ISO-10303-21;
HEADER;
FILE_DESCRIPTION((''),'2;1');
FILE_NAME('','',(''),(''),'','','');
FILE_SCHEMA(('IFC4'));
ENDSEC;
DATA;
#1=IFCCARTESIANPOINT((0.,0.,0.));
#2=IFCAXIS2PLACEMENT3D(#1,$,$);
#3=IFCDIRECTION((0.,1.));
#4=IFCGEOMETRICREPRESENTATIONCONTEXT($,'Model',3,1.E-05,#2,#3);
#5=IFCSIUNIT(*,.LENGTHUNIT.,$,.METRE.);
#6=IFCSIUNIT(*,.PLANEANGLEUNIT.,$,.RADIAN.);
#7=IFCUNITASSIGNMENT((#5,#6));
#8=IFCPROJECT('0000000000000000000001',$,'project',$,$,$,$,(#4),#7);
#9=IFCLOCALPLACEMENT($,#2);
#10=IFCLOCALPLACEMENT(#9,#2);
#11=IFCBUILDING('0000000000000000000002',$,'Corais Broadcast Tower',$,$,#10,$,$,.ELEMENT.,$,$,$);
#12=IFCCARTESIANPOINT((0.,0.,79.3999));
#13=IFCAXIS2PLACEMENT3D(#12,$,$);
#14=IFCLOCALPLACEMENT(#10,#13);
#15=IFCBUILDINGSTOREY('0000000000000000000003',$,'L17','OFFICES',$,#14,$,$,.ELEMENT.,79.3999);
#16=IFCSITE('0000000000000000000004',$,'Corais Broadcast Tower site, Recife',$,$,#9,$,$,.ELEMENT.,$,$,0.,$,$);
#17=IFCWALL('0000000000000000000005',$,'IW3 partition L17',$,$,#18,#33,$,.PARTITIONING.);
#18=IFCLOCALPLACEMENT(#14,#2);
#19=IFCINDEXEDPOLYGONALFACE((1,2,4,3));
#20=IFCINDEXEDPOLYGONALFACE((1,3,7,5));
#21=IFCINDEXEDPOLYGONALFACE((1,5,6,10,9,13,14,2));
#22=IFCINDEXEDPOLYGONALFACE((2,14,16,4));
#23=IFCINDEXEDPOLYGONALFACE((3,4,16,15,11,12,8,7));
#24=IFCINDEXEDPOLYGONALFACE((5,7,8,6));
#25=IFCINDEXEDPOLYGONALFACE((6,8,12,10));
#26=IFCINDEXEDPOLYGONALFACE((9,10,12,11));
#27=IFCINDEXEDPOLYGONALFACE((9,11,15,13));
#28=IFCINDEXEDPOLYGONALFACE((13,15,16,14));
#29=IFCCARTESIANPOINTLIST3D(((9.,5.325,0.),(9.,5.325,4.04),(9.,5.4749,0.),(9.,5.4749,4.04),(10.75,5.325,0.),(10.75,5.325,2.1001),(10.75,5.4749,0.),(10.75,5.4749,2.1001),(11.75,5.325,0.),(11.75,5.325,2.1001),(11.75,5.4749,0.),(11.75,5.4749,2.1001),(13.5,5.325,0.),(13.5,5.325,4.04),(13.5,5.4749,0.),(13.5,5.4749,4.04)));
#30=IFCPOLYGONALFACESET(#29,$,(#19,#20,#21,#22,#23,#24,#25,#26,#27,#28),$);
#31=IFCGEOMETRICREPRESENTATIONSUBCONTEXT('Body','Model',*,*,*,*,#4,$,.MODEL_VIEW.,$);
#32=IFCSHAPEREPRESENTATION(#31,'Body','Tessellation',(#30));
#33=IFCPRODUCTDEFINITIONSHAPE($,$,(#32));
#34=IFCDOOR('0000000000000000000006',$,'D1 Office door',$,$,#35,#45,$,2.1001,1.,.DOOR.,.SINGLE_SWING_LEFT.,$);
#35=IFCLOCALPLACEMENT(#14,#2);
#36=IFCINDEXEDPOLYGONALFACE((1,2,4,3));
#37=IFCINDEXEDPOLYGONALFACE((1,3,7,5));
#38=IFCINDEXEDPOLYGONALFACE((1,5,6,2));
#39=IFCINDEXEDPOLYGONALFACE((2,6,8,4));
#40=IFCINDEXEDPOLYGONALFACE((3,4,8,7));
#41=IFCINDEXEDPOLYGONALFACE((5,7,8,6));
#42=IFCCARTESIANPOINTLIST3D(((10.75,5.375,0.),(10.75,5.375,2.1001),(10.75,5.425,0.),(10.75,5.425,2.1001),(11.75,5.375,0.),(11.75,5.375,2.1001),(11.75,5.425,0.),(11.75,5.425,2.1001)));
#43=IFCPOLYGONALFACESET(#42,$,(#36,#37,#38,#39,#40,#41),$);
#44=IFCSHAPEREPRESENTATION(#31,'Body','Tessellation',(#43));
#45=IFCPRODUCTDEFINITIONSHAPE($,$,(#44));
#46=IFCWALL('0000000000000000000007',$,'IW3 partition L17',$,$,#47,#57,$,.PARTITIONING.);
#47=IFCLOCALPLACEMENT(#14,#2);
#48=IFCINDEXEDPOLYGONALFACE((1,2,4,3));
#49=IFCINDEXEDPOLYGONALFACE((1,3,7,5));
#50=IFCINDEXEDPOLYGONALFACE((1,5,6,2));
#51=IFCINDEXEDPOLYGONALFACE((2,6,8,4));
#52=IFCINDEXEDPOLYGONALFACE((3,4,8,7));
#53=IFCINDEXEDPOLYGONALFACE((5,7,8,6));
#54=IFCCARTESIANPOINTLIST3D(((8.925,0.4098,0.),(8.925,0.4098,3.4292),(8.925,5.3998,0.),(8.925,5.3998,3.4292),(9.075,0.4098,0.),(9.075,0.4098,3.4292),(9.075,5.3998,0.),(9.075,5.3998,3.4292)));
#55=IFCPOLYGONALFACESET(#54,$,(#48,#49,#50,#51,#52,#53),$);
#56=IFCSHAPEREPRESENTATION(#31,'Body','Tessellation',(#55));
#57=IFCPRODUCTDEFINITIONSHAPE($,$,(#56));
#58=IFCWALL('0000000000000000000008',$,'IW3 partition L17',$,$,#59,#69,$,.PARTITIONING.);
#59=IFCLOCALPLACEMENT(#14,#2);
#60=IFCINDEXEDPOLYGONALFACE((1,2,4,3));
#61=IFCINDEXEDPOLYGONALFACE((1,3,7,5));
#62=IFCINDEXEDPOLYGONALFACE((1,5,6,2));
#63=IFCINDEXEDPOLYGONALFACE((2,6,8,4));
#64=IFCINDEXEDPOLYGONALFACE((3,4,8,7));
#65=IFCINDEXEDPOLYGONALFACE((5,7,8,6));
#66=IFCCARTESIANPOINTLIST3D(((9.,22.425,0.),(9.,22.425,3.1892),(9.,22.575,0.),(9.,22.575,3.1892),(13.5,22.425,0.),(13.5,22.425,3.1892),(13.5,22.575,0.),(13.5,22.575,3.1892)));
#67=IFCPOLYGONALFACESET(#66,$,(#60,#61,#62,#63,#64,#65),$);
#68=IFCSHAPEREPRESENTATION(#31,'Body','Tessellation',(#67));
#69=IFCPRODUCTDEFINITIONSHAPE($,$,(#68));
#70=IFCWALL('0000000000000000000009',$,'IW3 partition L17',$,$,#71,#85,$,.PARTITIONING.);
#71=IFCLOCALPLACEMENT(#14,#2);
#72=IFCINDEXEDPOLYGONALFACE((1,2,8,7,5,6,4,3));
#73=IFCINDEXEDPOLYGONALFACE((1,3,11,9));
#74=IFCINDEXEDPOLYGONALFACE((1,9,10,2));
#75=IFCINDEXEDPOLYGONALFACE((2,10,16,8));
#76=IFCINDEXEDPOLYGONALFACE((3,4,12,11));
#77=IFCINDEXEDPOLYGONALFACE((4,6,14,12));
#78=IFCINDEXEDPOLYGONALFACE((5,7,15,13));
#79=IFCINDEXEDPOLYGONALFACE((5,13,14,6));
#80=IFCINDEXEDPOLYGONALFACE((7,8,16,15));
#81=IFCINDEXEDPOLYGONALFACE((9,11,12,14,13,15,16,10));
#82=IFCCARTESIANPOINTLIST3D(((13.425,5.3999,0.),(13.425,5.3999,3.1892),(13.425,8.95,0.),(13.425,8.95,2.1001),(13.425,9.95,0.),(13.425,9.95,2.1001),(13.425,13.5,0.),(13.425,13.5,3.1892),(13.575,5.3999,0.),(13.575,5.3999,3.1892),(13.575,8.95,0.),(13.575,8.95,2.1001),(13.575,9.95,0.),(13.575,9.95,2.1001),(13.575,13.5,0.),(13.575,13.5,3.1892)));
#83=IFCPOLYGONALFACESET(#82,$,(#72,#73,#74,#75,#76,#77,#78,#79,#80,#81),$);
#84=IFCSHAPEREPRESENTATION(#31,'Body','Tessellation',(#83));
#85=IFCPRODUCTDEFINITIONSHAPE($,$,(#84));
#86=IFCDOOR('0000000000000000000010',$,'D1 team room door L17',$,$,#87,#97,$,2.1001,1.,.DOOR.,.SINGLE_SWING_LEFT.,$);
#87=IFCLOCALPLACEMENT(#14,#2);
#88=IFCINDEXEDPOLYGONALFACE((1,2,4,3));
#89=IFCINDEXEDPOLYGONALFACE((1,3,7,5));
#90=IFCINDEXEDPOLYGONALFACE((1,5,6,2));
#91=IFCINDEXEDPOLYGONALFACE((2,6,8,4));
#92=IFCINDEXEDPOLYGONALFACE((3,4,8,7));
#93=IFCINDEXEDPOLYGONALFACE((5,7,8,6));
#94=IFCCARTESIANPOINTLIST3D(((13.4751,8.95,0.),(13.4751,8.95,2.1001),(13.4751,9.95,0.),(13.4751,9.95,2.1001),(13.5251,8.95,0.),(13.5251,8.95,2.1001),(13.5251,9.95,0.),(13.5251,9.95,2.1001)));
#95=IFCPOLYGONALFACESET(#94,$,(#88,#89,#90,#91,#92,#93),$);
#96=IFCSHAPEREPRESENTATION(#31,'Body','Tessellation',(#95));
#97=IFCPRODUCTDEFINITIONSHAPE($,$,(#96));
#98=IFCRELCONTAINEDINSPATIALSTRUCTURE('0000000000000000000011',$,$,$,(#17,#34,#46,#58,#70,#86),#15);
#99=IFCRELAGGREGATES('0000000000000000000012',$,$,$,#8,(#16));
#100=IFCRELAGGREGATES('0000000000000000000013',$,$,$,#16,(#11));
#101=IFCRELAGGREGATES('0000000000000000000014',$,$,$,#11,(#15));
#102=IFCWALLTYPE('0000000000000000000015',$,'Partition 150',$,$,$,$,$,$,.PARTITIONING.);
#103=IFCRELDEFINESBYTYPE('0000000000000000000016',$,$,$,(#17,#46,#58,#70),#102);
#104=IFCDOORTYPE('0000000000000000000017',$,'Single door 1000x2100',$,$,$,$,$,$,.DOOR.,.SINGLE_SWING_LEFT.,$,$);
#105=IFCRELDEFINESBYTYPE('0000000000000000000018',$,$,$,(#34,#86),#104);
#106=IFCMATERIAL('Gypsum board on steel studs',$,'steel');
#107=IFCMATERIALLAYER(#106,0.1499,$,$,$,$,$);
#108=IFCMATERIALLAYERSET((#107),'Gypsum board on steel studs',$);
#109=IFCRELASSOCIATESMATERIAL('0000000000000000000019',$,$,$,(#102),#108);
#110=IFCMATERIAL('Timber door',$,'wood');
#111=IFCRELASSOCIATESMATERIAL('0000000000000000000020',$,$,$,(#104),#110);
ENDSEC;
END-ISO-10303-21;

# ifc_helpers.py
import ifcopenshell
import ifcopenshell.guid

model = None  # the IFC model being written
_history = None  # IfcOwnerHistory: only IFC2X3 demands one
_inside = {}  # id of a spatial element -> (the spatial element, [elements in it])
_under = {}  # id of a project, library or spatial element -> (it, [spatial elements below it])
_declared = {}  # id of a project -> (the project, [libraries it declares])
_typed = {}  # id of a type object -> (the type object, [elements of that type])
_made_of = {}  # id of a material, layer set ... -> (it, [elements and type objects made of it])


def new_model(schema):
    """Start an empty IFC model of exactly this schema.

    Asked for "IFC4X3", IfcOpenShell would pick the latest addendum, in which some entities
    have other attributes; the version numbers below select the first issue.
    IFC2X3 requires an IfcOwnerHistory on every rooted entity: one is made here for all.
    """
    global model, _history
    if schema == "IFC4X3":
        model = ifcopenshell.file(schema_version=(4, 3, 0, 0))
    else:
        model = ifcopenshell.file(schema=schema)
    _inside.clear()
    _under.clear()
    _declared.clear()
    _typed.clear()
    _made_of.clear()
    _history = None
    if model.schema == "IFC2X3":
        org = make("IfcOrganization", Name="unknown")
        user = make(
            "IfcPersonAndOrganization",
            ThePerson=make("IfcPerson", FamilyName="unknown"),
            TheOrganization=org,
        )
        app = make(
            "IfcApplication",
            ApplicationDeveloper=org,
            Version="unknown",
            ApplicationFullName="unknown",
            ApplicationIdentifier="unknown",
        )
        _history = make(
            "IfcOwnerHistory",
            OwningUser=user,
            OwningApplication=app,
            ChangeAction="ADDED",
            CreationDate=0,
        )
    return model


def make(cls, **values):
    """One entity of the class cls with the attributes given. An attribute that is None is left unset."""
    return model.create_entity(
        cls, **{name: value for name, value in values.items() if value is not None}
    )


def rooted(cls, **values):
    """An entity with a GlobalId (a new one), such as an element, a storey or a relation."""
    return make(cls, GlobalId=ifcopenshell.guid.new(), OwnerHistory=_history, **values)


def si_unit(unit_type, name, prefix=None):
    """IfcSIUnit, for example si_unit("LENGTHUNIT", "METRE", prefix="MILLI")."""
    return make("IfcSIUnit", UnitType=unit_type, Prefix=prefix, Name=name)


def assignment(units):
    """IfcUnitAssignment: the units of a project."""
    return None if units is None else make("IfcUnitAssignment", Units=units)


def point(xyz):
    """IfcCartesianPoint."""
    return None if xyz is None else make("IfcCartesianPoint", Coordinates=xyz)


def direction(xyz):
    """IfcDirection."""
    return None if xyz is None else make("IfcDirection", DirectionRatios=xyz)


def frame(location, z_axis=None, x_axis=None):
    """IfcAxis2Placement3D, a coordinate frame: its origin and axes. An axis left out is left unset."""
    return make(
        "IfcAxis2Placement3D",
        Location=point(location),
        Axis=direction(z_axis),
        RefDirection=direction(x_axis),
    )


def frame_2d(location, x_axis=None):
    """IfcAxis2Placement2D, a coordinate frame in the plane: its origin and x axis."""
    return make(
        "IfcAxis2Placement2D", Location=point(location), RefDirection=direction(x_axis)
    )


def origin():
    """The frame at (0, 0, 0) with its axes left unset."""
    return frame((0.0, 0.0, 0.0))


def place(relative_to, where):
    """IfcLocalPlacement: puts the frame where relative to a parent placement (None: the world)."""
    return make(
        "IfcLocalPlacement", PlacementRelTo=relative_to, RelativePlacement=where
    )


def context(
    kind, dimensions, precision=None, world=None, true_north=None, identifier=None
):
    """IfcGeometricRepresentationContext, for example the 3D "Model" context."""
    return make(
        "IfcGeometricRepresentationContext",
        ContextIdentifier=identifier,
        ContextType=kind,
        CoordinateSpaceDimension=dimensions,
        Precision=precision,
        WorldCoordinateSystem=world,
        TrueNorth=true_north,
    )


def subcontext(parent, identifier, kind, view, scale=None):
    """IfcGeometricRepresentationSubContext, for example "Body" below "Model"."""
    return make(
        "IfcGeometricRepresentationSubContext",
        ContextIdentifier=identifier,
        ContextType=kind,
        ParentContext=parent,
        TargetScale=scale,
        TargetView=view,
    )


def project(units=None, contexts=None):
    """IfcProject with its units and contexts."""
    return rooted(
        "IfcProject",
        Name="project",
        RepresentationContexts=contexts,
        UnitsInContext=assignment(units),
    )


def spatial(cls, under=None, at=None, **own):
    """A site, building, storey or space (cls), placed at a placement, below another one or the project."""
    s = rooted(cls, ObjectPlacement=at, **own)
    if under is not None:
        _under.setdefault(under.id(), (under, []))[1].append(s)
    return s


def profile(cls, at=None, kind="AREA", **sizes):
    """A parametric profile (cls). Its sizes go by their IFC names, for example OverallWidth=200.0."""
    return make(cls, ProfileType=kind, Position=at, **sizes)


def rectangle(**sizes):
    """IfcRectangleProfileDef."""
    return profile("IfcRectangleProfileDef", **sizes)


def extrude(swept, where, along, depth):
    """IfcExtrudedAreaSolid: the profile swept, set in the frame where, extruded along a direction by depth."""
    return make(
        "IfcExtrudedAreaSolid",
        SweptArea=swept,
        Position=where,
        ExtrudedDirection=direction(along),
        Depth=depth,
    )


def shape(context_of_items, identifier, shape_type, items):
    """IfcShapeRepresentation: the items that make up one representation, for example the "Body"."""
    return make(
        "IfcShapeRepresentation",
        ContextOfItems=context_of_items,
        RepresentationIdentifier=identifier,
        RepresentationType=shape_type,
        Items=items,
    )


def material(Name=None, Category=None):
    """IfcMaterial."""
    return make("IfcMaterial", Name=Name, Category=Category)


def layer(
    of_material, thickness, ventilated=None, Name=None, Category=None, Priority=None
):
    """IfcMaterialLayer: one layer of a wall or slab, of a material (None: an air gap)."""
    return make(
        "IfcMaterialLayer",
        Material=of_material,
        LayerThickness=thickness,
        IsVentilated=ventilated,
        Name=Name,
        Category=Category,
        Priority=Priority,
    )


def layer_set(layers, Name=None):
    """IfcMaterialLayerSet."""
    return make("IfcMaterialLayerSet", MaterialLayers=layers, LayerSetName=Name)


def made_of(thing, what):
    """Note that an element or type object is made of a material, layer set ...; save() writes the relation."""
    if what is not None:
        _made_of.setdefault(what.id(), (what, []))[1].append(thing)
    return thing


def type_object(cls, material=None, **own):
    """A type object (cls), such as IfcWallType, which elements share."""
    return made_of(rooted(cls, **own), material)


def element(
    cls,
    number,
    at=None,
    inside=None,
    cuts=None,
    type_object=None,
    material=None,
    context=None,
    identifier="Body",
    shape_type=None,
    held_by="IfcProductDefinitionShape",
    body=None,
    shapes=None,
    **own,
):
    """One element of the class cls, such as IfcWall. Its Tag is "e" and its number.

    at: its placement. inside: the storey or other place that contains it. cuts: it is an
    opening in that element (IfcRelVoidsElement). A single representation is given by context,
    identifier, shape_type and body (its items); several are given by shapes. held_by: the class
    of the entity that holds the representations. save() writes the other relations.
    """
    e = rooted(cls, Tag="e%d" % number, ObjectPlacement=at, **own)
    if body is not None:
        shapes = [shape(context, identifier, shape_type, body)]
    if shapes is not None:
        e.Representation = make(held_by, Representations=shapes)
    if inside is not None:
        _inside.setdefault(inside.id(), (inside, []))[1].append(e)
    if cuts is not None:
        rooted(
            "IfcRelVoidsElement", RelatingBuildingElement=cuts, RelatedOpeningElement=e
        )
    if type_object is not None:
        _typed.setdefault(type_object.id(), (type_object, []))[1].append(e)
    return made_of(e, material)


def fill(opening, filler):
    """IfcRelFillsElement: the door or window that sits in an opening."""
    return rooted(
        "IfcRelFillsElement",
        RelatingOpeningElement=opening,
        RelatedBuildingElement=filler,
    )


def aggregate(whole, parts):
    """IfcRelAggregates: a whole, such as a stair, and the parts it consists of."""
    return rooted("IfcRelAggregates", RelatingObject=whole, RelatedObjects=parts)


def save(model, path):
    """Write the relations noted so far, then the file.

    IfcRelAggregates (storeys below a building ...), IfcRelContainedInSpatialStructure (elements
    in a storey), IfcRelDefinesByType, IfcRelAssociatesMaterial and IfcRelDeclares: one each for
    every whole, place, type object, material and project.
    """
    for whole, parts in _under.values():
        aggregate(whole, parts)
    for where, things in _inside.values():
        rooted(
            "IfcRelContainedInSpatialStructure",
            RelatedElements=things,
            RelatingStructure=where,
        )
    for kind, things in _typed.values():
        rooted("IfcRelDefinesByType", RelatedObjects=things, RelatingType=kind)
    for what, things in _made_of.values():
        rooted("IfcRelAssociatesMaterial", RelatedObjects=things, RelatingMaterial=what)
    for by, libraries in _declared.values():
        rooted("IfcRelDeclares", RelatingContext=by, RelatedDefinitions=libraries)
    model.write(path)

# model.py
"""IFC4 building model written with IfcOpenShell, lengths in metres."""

from ifc_helpers import new_model, si_unit, direction, frame, frame_2d, origin, place, context, subcontext, project, spatial, rectangle, extrude, material, layer, layer_set, type_object, element, fill, save


model = new_model("IFC4")

# Units and contexts
model_context = context("Model", 3, precision=1e-05, world=origin(), true_north=direction((0.0, 1.0)))
body_context = subcontext(model_context, "Body", "Model", "MODEL_VIEW")
ifc_project = project(units=[si_unit("LENGTHUNIT", "METRE"), si_unit("PLANEANGLEUNIT", "RADIAN")], contexts=[model_context])

# Site, building, storey
site_placement = place(None, origin())
site = spatial("IfcSite", under=ifc_project, at=site_placement, Name="Corais Broadcast Tower site, Recife", CompositionType="ELEMENT", RefElevation=0.0)
building_placement = place(site_placement, origin())
building = spatial("IfcBuilding", under=site, at=building_placement, Name="Corais Broadcast Tower", CompositionType="ELEMENT")
storey_placement = place(building_placement, frame((0.0, 0.0, 79.3999)))
storey = spatial("IfcBuildingStorey", under=building, at=storey_placement, Name="L17", Description="OFFICES", CompositionType="ELEMENT", Elevation=79.3999)

# Shared definitions
ifc_material_1 = material(Name="Gypsum board on steel studs", Category="steel")
ifc_layer_1 = layer(ifc_material_1, 0.1499)
ifc_layer_set_1 = layer_set([ifc_layer_1], Name="Gypsum board on steel studs")
wall_type_1 = type_object("IfcWallType", Name="Partition 150", PredefinedType="PARTITIONING", material=ifc_layer_set_1)

# Wall, opening, door
wall_1_placement = place(storey_placement, frame((13.5, 5.3999, 0.0), z_axis=(0.0, 0.0, 1.0), x_axis=(-1.0, 0.0, 0.0)))
wall_1 = element("IfcWall", 1, at=wall_1_placement, inside=storey, type_object=wall_type_1, Name="IW3 partition L17", PredefinedType="PARTITIONING", context=body_context, shape_type="SweptSolid", body=[
    extrude(rectangle(XDim=4.5, YDim=0.1499, at=frame_2d((2.25, 0.0))), origin(), (0.0, 0.0, 1.0), 4.04),
])
opening_1_placement = place(wall_1_placement, frame((1.75, 0.0, 0.0)))
opening_1 = element("IfcOpeningElement", 2, at=opening_1_placement, cuts=wall_1, PredefinedType="OPENING", context=body_context, shape_type="SweptSolid", body=[
    extrude(rectangle(XDim=1.0, YDim=2.1001, at=frame_2d((0.5, 1.05))), frame((0.0, 0.085, 0.0), z_axis=(0.0, -1.0, 0.0), x_axis=(1.0, 0.0, 0.0)), (0.0, 0.0, 1.0), 0.1699),
])
ifc_material_2 = material(Name="Timber door", Category="wood")
door_type = type_object("IfcDoorType", Name="Single door 1000x2100", OperationType="SINGLE_SWING_LEFT", PredefinedType="DOOR", material=ifc_material_2)
door_1_placement = place(opening_1_placement, origin())
door_1 = element("IfcDoor", 3, at=door_1_placement, inside=storey, type_object=door_type, Name="D1 Office door", OperationType="SINGLE_SWING_LEFT", OverallHeight=2.1001, OverallWidth=1.0, PredefinedType="DOOR", context=body_context, shape_type="SweptSolid", body=[
    extrude(rectangle(XDim=1.0, YDim=2.1001, at=frame_2d((0.5, 1.05))), frame((0.0, 0.0249, 0.0), z_axis=(0.0, -1.0, 0.0), x_axis=(1.0, 0.0, 0.0)), (0.0, 0.0, 1.0), 0.05),
])
fill(opening_1, door_1)

# Walls
wall_2_placement = place(storey_placement, frame((9.0, 5.3999, 0.0), z_axis=(0.0, 0.0, 1.0), x_axis=(0.0, -1.0, 0.0)))
element("IfcWall", 4, at=wall_2_placement, inside=storey, type_object=wall_type_1, Name="IW3 partition L17", PredefinedType="PARTITIONING", context=body_context, shape_type="SweptSolid", body=[
    extrude(rectangle(XDim=4.99, YDim=0.1499, at=frame_2d((2.4951, 0.0))), origin(), (0.0, 0.0, 1.0), 3.4292),
])
wall_3_placement = place(storey_placement, frame((9.0, 22.5, 0.0), z_axis=(0.0, 0.0, 1.0), x_axis=(1.0, 0.0, 0.0)))
element("IfcWall", 5, at=wall_3_placement, inside=storey, type_object=wall_type_1, Name="IW3 partition L17", PredefinedType="PARTITIONING", context=body_context, shape_type="SweptSolid", body=[
    extrude(rectangle(XDim=4.5, YDim=0.1499, at=frame_2d((2.25, 0.0))), origin(), (0.0, 0.0, 1.0), 3.1892),
])

# Wall, opening, door
wall_4_placement = place(storey_placement, frame((13.5, 5.3999, 0.0), z_axis=(0.0, 0.0, 1.0), x_axis=(0.0, 1.0, 0.0)))
wall_4 = element("IfcWall", 6, at=wall_4_placement, inside=storey, type_object=wall_type_1, Name="IW3 partition L17", PredefinedType="PARTITIONING", context=body_context, shape_type="SweptSolid", body=[
    extrude(rectangle(XDim=8.1001, YDim=0.1499, at=frame_2d((4.05, 0.0))), origin(), (0.0, 0.0, 1.0), 3.1892),
])
opening_2_placement = place(wall_4_placement, frame((3.55, 0.0, 0.0)))
opening_2 = element("IfcOpeningElement", 7, at=opening_2_placement, cuts=wall_4, PredefinedType="OPENING", context=body_context, shape_type="SweptSolid", body=[
    extrude(rectangle(XDim=1.0, YDim=2.1001, at=frame_2d((0.5, 1.05))), frame((0.0, 0.085, 0.0), z_axis=(0.0, -1.0, 0.0), x_axis=(1.0, 0.0, 0.0)), (0.0, 0.0, 1.0), 0.1699),
])
door_2_placement = place(opening_2_placement, origin())
door_2 = element("IfcDoor", 8, at=door_2_placement, inside=storey, type_object=door_type, Name="D1 team room door L17", OperationType="SINGLE_SWING_LEFT", OverallHeight=2.1001, OverallWidth=1.0, PredefinedType="DOOR", context=body_context, shape_type="SweptSolid", body=[
    extrude(rectangle(XDim=1.0, YDim=2.1001, at=frame_2d((0.5, 1.05))), frame((0.0, 0.0249, 0.0), z_axis=(0.0, -1.0, 0.0), x_axis=(1.0, 0.0, 0.0)), (0.0, 0.0, 1.0), 0.05),
])
fill(opening_2, door_2)

save(model, "model.ifc")
